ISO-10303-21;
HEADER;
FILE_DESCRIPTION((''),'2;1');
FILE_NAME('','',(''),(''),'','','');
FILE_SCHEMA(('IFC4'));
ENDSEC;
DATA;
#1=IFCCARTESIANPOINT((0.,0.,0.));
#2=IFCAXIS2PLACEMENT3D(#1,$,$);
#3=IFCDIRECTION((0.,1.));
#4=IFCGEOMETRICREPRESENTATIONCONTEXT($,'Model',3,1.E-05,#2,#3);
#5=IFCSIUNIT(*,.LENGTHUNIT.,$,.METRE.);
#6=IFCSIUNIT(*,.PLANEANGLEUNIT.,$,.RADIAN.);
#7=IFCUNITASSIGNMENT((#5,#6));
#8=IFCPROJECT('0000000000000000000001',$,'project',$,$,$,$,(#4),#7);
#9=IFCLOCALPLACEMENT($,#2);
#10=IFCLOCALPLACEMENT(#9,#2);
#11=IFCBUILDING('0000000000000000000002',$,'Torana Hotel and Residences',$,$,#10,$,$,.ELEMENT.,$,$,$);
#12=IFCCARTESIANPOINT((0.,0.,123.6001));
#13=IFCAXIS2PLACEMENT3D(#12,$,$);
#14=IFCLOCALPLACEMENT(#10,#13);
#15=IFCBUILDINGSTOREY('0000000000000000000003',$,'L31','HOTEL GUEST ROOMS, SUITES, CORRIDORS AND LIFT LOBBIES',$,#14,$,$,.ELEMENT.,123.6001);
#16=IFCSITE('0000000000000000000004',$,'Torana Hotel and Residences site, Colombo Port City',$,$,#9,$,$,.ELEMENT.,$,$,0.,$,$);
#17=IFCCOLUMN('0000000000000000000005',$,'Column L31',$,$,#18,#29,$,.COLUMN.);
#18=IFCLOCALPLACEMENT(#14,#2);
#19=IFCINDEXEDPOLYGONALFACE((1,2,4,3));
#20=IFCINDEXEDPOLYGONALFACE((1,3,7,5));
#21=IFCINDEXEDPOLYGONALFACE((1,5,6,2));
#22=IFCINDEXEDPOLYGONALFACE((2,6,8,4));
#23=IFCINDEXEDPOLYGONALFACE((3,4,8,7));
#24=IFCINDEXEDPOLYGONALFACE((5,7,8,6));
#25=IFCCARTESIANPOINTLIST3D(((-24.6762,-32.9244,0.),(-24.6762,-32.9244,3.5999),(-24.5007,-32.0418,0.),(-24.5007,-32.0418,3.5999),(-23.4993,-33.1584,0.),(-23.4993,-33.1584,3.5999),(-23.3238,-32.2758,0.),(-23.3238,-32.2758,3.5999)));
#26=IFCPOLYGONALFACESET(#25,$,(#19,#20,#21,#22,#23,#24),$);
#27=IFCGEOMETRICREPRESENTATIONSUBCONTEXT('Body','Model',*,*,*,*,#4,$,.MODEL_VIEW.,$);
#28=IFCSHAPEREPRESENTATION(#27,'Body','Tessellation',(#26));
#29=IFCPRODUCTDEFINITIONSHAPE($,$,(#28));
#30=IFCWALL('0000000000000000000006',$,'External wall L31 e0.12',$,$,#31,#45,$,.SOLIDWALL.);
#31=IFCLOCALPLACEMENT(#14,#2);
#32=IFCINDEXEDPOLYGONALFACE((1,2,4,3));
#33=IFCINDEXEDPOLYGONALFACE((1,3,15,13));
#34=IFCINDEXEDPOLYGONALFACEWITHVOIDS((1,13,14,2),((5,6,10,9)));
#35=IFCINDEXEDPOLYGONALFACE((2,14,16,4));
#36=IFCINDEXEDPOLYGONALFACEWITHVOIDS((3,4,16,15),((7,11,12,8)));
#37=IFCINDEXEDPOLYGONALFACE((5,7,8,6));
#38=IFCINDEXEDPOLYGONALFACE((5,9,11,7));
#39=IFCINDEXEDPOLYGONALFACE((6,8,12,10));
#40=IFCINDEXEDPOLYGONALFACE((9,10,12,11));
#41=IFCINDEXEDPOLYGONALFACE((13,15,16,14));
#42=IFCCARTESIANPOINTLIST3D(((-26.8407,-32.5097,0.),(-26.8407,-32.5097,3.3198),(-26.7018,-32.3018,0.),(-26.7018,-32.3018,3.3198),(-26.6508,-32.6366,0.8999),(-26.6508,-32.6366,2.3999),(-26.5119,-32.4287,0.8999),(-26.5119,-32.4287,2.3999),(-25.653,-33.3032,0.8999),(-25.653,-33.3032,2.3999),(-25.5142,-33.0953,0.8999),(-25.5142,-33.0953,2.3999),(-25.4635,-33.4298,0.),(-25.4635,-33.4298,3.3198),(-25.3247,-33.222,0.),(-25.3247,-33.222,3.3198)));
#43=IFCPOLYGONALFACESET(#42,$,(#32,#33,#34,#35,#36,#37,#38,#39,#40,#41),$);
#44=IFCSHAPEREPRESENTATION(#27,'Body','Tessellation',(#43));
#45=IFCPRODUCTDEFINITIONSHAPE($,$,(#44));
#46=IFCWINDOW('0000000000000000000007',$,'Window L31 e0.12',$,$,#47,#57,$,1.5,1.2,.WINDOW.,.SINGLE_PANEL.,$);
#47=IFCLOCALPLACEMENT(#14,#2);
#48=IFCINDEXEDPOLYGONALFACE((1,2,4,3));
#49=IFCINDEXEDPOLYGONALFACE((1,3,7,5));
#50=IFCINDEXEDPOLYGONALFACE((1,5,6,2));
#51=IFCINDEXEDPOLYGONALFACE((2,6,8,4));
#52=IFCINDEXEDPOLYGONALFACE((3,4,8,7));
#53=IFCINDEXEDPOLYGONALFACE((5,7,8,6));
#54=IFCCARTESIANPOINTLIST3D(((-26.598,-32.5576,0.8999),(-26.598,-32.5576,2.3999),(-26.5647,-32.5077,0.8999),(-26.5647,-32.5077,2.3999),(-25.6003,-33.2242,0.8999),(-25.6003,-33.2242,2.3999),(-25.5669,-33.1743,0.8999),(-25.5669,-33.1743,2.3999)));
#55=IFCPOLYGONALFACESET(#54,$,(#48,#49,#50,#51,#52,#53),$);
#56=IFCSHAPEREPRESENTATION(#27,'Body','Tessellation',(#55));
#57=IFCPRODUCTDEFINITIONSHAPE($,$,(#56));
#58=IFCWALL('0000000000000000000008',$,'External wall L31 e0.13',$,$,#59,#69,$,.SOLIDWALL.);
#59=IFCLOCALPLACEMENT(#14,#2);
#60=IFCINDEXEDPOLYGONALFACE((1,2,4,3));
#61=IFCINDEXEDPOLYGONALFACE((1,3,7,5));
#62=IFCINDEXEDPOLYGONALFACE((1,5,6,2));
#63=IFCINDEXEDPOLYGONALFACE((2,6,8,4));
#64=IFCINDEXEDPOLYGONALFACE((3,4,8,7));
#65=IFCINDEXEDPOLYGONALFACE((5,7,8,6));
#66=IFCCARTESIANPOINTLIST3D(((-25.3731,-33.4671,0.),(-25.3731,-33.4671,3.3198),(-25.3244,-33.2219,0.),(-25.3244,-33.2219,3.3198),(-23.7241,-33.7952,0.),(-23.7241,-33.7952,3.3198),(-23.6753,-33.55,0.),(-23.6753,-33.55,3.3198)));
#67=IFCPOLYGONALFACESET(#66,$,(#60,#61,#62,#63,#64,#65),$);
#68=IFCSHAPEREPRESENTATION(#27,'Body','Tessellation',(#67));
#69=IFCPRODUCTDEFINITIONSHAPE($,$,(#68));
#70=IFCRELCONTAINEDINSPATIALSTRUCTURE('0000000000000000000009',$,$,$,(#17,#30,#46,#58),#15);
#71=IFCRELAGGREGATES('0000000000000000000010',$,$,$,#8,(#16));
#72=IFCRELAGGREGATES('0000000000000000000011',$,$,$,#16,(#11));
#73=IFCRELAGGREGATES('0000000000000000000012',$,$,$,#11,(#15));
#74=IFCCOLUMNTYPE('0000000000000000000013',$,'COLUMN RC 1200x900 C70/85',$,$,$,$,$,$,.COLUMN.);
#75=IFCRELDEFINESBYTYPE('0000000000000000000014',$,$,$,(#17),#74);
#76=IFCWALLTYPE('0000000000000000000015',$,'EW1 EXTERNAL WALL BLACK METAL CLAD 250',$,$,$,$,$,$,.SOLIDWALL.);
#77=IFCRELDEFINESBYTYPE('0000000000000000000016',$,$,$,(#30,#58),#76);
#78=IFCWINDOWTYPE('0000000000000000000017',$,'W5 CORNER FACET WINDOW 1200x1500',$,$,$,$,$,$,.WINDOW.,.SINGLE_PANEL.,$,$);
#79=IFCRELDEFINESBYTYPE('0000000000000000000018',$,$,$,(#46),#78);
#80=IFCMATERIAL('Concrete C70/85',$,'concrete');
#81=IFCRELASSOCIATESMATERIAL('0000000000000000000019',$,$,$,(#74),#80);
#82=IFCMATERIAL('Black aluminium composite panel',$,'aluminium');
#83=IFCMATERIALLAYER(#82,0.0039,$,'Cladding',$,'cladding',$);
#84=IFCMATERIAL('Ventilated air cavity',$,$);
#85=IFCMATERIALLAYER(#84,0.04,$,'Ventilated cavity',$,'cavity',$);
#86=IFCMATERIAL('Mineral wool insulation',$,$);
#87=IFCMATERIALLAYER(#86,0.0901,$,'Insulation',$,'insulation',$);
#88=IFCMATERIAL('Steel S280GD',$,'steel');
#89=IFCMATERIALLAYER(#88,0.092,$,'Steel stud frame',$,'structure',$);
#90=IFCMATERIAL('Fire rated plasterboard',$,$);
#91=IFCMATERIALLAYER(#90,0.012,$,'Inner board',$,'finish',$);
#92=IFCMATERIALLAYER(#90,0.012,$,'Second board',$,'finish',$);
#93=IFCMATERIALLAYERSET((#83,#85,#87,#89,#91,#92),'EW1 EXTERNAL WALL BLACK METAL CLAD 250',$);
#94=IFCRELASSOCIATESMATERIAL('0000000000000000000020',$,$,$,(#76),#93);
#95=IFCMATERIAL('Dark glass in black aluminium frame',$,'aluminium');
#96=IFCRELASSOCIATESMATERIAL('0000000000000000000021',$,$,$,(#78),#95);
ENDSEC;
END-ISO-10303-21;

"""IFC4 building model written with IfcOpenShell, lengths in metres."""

from ifc_helpers import new_model, si_unit, direction, frame, frame_2d, origin, origin_2d, place, context, subcontext, project, spatial, rectangle, extrude, material, layer, layer_set, material_profile, profile_set, type_object, element, fill, save


model = new_model("IFC4")

# Units and contexts
model_context = context("Model", 3, precision=1e-05, world=origin(), true_north=direction((0.0, 1.0)))
body_context = subcontext(model_context, "Body", "Model", "MODEL_VIEW")
ifc_project = project(units=[si_unit("LENGTHUNIT", "METRE"), si_unit("PLANEANGLEUNIT", "RADIAN")], contexts=[model_context])

# Site, building, storey
site_placement = place(None, origin())
site = spatial("IfcSite", under=ifc_project, at=site_placement, Name="Torana Hotel and Residences site, Colombo Port City", CompositionType="ELEMENT", RefElevation=0.0)
building_placement = place(site_placement, origin())
building = spatial("IfcBuilding", under=site, at=building_placement, Name="Torana Hotel and Residences", CompositionType="ELEMENT")
storey_placement = place(building_placement, frame((0.0, 0.0, 123.6001)))
storey = spatial("IfcBuildingStorey", under=building, at=storey_placement, Name="L31", Description="HOTEL GUEST ROOMS, SUITES, CORRIDORS AND LIFT LOBBIES", CompositionType="ELEMENT", Elevation=123.6001)

# Column
ifc_material_1 = material(Name="Concrete C70/85", Category="concrete")
ifc_material_profile = material_profile(ifc_material_1, rectangle(XDim=1.2, YDim=0.8999, at=origin_2d()), Name="RC 1200x900")
ifc_profile_set = profile_set([ifc_material_profile], Name="Concrete C70/85")
column_type = type_object("IfcColumnType", Name="COLUMN RC 1200x900 C70/85", PredefinedType="COLUMN", material=ifc_profile_set)
column_placement = place(storey_placement, frame((-24.0, -32.6001, 0.0), z_axis=(0.0, 0.0, 1.0), x_axis=(-0.980792, 0.195056, 0.0)))
element("IfcColumn", 1, at=column_placement, inside=storey, type_object=column_type, Name="Column L31", PredefinedType="COLUMN", context=body_context, shape_type="SweptSolid", body=[
    extrude(rectangle(XDim=1.2, YDim=0.8999, at=origin_2d()), origin(), (0.0, 0.0, 1.0), 3.5999),
])

# Wall, opening, window
ifc_material_2 = material(Name="Black aluminium composite panel", Category="aluminium")
ifc_layer_1 = layer(ifc_material_2, 0.0039, Name="Cladding", Category="cladding")
ifc_material_3 = material(Name="Ventilated air cavity")
ifc_layer_2 = layer(ifc_material_3, 0.04, Name="Ventilated cavity", Category="cavity")
ifc_material_4 = material(Name="Mineral wool insulation")
ifc_layer_3 = layer(ifc_material_4, 0.0901, Name="Insulation", Category="insulation")
ifc_material_5 = material(Name="Steel S280GD", Category="steel")
ifc_layer_4 = layer(ifc_material_5, 0.092, Name="Steel stud frame", Category="structure")
ifc_material_6 = material(Name="Fire rated plasterboard")
ifc_layer_5 = layer(ifc_material_6, 0.012, Name="Inner board", Category="finish")
ifc_layer_6 = layer(ifc_material_6, 0.012, Name="Second board", Category="finish")
ifc_layer_set = layer_set([ifc_layer_1, ifc_layer_2, ifc_layer_3, ifc_layer_4, ifc_layer_5, ifc_layer_6], Name="EW1 EXTERNAL WALL BLACK METAL CLAD 250")
wall_type = type_object("IfcWallType", Name="EW1 EXTERNAL WALL BLACK METAL CLAD 250", PredefinedType="SOLIDWALL", material=ifc_layer_set)
wall_1_placement = place(storey_placement, frame((-26.7712, -32.4058, 0.0), z_axis=(0.0, 0.0, 1.0), x_axis=(0.831483, -0.55555, 0.0)))
wall_1 = element("IfcWall", 2, at=wall_1_placement, inside=storey, type_object=wall_type, Name="External wall L31 e0.12", PredefinedType="SOLIDWALL", context=body_context, shape_type="SweptSolid", body=[
    extrude(rectangle(XDim=1.6562, YDim=0.25, at=frame_2d((0.8281, 0.0))), origin(), (0.0, 0.0, 1.0), 3.3198),
])
opening_placement = place(wall_1_placement, frame((0.2283, 0.0, 0.8999)))
opening = element("IfcOpeningElement", 3, at=opening_placement, cuts=wall_1, PredefinedType="OPENING", context=body_context, shape_type="SweptSolid", body=[
    extrude(rectangle(XDim=1.2, YDim=1.5, at=frame_2d((0.6001, 0.75))), frame((0.0, 0.135, 0.0), z_axis=(0.0, -1.0, 0.0), x_axis=(1.0, 0.0, 0.0)), (0.0, 0.0, 1.0), 0.27),
])
ifc_material_7 = material(Name="Dark glass in black aluminium frame", Category="aluminium")
window_type = type_object("IfcWindowType", Name="W5 CORNER FACET WINDOW 1200x1500", PartitioningType="SINGLE_PANEL", PredefinedType="WINDOW", material=ifc_material_7)
window_placement = place(opening_placement, origin())
window = element("IfcWindow", 4, at=window_placement, inside=storey, type_object=window_type, Name="Window L31 e0.12", OverallHeight=1.5, OverallWidth=1.2, PartitioningType="SINGLE_PANEL", PredefinedType="WINDOW", context=body_context, shape_type="SweptSolid", body=[
    extrude(rectangle(XDim=1.2, YDim=1.5, at=frame_2d((0.6001, 0.75))), frame((0.0, 0.03, 0.0), z_axis=(0.0, -1.0, 0.0), x_axis=(1.0, 0.0, 0.0)), (0.0, 0.0, 1.0), 0.0601),
])
fill(opening, window)

# Wall
wall_2_placement = place(storey_placement, frame((-25.3489, -33.3445, 0.0), z_axis=(0.0, 0.0, 1.0), x_axis=(0.980776, -0.195139, 0.0)))
element("IfcWall", 5, at=wall_2_placement, inside=storey, type_object=wall_type, Name="External wall L31 e0.13", PredefinedType="SOLIDWALL", context=body_context, shape_type="SweptSolid", body=[
    extrude(rectangle(XDim=1.6814, YDim=0.25, at=frame_2d((0.8408, 0.0))), origin(), (0.0, 0.0, 1.0), 3.3198),
])

save(model, "model.ifc")
